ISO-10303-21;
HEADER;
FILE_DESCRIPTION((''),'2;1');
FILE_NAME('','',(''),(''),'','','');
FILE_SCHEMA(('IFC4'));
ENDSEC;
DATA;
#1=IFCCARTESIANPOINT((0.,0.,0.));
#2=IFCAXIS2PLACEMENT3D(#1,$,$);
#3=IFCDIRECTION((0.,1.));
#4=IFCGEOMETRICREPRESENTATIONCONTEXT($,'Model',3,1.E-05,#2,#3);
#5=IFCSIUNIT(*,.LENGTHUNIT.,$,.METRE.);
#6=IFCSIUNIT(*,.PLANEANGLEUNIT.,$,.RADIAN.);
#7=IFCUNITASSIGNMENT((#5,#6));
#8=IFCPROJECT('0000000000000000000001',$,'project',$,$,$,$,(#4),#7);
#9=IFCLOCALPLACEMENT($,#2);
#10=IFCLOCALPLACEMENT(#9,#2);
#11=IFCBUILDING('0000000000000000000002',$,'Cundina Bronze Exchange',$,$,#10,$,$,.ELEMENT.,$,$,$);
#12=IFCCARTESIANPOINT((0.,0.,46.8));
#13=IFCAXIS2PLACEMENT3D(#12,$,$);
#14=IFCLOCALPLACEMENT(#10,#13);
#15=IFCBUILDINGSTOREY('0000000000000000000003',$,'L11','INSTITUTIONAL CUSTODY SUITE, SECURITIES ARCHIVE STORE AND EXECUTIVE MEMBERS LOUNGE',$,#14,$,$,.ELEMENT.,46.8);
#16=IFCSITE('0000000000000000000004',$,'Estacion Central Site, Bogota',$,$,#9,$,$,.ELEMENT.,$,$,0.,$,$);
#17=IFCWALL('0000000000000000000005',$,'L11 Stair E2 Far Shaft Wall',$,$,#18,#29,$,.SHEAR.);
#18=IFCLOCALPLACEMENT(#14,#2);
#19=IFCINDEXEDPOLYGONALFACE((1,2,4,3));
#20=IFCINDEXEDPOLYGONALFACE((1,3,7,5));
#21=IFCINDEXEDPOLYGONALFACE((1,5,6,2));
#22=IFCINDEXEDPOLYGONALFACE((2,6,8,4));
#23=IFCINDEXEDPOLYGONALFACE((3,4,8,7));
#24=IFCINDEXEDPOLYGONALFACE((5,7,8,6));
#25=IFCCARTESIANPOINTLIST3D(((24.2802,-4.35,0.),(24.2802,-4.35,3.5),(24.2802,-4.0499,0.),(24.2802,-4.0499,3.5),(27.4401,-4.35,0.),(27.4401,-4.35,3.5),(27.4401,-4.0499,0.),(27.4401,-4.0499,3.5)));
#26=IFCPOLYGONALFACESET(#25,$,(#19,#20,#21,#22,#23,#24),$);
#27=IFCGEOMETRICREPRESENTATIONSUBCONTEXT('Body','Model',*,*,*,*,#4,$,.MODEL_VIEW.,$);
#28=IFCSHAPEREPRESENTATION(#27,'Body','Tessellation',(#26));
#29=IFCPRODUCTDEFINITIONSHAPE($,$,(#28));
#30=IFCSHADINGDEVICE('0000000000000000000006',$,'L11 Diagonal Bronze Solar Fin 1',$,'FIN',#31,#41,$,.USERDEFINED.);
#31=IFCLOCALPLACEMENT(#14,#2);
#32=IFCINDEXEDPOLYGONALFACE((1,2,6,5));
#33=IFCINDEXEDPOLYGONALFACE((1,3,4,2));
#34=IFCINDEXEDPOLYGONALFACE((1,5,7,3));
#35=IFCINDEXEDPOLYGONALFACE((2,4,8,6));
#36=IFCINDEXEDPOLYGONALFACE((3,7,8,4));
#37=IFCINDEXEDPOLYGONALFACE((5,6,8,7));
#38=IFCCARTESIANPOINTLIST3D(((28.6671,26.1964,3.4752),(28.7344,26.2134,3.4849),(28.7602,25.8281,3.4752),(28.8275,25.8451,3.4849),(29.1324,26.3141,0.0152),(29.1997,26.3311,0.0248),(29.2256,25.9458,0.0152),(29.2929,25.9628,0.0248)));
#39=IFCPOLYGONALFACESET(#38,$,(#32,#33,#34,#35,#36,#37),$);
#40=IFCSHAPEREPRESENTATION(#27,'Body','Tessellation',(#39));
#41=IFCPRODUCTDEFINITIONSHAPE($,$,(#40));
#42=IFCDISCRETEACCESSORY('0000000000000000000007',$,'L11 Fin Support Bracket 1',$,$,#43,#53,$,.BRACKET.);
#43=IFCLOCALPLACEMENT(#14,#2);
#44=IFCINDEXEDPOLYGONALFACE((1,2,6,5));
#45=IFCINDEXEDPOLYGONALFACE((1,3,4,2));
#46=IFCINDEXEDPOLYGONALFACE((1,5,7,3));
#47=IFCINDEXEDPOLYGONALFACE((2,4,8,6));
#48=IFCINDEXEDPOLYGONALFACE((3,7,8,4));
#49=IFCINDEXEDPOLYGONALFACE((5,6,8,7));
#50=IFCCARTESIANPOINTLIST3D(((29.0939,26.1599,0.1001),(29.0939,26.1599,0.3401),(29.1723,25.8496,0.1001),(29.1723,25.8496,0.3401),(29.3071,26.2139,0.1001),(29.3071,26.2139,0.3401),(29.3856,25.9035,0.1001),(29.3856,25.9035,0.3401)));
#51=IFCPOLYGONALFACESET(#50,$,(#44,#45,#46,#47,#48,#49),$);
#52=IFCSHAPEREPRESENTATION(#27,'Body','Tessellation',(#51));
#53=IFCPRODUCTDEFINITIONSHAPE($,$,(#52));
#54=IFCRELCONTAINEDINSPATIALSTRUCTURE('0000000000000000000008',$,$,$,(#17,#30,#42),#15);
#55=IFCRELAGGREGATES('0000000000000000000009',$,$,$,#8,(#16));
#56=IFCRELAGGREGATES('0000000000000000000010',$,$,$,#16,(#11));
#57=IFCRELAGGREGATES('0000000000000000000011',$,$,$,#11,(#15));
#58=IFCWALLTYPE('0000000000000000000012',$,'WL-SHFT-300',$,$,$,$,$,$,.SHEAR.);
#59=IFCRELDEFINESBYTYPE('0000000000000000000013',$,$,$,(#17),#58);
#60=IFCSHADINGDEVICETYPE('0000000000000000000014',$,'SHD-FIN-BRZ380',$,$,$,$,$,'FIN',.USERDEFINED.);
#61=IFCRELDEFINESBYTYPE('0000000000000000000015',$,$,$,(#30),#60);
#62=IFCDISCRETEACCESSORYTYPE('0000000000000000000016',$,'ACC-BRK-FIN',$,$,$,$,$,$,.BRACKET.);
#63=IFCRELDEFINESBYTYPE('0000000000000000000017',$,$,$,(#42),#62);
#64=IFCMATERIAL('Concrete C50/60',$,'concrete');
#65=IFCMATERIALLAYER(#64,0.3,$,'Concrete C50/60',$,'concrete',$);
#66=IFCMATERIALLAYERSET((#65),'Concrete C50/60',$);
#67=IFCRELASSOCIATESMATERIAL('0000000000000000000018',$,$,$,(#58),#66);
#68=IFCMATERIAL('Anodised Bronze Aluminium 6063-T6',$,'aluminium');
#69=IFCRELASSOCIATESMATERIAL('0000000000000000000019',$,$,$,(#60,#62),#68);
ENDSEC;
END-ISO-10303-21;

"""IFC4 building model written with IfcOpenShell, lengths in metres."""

from ifc_helpers import new_model, si_unit, direction, frame, frame_2d, origin, origin_2d, place, context, subcontext, project, spatial, rectangle, extrude, material, layer, layer_set, material_profile, profile_set, type_object, element, save


model = new_model("IFC4")

# Units and contexts
model_context = context("Model", 3, precision=1e-05, world=origin(), true_north=direction((0.0, 1.0)))
body_context = subcontext(model_context, "Body", "Model", "MODEL_VIEW")
ifc_project = project(units=[si_unit("LENGTHUNIT", "METRE"), si_unit("PLANEANGLEUNIT", "RADIAN")], contexts=[model_context])

# Site, building, storey
site_placement = place(None, origin())
site = spatial("IfcSite", under=ifc_project, at=site_placement, Name="Estacion Central Site, Bogota", CompositionType="ELEMENT", RefElevation=0.0)
building_placement = place(site_placement, origin())
building = spatial("IfcBuilding", under=site, at=building_placement, Name="Cundina Bronze Exchange", CompositionType="ELEMENT")
storey_placement = place(building_placement, frame((0.0, 0.0, 46.8)))
storey = spatial("IfcBuildingStorey", under=building, at=storey_placement, Name="L11", Description="INSTITUTIONAL CUSTODY SUITE, SECURITIES ARCHIVE STORE AND EXECUTIVE MEMBERS LOUNGE", CompositionType="ELEMENT", Elevation=46.8)

# Shared definitions
ifc_material_1 = material(Name="Anodised Bronze Aluminium 6063-T6", Category="aluminium")

# Shared definitions
ifc_material_2 = material(Name="Concrete C50/60", Category="concrete")
ifc_layer_1 = layer(ifc_material_2, 0.3, Name="Concrete C50/60", Category="concrete")
ifc_layer_set_1 = layer_set([ifc_layer_1], Name="Concrete C50/60")
wall_type_1 = type_object("IfcWallType", Name="WL-SHFT-300", PredefinedType="SHEAR", material=ifc_layer_set_1)

# Wall
wall_1_placement = place(storey_placement, frame((24.28, -4.2, 0.0), z_axis=(0.0, 0.0, 1.0), x_axis=(1.0, 0.0, 0.0)))
element("IfcWall", 1, at=wall_1_placement, inside=storey, type_object=wall_type_1, Name="L11 Stair E2 Far Shaft Wall", PredefinedType="SHEAR", context=body_context, shape_type="SweptSolid", body=[
    extrude(rectangle(XDim=3.1599, YDim=0.3, at=frame_2d((1.5801, 0.0))), origin(), (0.0, 0.0, 1.0), 3.5),
])

# Shading device
ifc_material_profile_1 = material_profile(ifc_material_1, rectangle(XDim=0.0701, YDim=0.3799, at=origin_2d()), Name="FIN70X380", Category="aluminium")
ifc_profile_set_1 = profile_set([ifc_material_profile_1], Name="Anodised Bronze Aluminium 6063-T6")
shading_device_type = type_object("IfcShadingDeviceType", Name="SHD-FIN-BRZ380", ElementType="FIN", PredefinedType="USERDEFINED", material=ifc_profile_set_1)
shading_device_placement = place(storey_placement, frame((29.2126, 26.1384, 0.02), z_axis=(-0.133215, -0.033688, 0.990514), x_axis=(0.960285, 0.242842, 0.137408)))
element("IfcShadingDevice", 2, at=shading_device_placement, inside=storey, type_object=shading_device_type, Name="L11 Diagonal Bronze Solar Fin 1", ObjectType="FIN", PredefinedType="USERDEFINED", context=body_context, shape_type="SweptSolid", body=[
    extrude(rectangle(XDim=0.0701, YDim=0.3799, at=origin_2d()), origin(), (0.0, 0.0, 1.0), 3.4932),
])

# Discrete accessory
discrete_accessory_type = type_object("IfcDiscreteAccessoryType", Name="ACC-BRK-FIN", PredefinedType="BRACKET", material=ifc_material_1)
discrete_accessory_placement = place(storey_placement, frame((29.2397, 26.0317, 0.1001), z_axis=(0.0, 0.0, 1.0), x_axis=(-0.969488, -0.245138, 0.0)))
element("IfcDiscreteAccessory", 3, at=discrete_accessory_placement, inside=storey, type_object=discrete_accessory_type, Name="L11 Fin Support Bracket 1", PredefinedType="BRACKET", context=body_context, shape_type="SweptSolid", body=[
    extrude(rectangle(XDim=0.22, YDim=0.3201, at=origin_2d()), origin(), (0.0, 0.0, 1.0), 0.24),
])

save(model, "model.ifc")
